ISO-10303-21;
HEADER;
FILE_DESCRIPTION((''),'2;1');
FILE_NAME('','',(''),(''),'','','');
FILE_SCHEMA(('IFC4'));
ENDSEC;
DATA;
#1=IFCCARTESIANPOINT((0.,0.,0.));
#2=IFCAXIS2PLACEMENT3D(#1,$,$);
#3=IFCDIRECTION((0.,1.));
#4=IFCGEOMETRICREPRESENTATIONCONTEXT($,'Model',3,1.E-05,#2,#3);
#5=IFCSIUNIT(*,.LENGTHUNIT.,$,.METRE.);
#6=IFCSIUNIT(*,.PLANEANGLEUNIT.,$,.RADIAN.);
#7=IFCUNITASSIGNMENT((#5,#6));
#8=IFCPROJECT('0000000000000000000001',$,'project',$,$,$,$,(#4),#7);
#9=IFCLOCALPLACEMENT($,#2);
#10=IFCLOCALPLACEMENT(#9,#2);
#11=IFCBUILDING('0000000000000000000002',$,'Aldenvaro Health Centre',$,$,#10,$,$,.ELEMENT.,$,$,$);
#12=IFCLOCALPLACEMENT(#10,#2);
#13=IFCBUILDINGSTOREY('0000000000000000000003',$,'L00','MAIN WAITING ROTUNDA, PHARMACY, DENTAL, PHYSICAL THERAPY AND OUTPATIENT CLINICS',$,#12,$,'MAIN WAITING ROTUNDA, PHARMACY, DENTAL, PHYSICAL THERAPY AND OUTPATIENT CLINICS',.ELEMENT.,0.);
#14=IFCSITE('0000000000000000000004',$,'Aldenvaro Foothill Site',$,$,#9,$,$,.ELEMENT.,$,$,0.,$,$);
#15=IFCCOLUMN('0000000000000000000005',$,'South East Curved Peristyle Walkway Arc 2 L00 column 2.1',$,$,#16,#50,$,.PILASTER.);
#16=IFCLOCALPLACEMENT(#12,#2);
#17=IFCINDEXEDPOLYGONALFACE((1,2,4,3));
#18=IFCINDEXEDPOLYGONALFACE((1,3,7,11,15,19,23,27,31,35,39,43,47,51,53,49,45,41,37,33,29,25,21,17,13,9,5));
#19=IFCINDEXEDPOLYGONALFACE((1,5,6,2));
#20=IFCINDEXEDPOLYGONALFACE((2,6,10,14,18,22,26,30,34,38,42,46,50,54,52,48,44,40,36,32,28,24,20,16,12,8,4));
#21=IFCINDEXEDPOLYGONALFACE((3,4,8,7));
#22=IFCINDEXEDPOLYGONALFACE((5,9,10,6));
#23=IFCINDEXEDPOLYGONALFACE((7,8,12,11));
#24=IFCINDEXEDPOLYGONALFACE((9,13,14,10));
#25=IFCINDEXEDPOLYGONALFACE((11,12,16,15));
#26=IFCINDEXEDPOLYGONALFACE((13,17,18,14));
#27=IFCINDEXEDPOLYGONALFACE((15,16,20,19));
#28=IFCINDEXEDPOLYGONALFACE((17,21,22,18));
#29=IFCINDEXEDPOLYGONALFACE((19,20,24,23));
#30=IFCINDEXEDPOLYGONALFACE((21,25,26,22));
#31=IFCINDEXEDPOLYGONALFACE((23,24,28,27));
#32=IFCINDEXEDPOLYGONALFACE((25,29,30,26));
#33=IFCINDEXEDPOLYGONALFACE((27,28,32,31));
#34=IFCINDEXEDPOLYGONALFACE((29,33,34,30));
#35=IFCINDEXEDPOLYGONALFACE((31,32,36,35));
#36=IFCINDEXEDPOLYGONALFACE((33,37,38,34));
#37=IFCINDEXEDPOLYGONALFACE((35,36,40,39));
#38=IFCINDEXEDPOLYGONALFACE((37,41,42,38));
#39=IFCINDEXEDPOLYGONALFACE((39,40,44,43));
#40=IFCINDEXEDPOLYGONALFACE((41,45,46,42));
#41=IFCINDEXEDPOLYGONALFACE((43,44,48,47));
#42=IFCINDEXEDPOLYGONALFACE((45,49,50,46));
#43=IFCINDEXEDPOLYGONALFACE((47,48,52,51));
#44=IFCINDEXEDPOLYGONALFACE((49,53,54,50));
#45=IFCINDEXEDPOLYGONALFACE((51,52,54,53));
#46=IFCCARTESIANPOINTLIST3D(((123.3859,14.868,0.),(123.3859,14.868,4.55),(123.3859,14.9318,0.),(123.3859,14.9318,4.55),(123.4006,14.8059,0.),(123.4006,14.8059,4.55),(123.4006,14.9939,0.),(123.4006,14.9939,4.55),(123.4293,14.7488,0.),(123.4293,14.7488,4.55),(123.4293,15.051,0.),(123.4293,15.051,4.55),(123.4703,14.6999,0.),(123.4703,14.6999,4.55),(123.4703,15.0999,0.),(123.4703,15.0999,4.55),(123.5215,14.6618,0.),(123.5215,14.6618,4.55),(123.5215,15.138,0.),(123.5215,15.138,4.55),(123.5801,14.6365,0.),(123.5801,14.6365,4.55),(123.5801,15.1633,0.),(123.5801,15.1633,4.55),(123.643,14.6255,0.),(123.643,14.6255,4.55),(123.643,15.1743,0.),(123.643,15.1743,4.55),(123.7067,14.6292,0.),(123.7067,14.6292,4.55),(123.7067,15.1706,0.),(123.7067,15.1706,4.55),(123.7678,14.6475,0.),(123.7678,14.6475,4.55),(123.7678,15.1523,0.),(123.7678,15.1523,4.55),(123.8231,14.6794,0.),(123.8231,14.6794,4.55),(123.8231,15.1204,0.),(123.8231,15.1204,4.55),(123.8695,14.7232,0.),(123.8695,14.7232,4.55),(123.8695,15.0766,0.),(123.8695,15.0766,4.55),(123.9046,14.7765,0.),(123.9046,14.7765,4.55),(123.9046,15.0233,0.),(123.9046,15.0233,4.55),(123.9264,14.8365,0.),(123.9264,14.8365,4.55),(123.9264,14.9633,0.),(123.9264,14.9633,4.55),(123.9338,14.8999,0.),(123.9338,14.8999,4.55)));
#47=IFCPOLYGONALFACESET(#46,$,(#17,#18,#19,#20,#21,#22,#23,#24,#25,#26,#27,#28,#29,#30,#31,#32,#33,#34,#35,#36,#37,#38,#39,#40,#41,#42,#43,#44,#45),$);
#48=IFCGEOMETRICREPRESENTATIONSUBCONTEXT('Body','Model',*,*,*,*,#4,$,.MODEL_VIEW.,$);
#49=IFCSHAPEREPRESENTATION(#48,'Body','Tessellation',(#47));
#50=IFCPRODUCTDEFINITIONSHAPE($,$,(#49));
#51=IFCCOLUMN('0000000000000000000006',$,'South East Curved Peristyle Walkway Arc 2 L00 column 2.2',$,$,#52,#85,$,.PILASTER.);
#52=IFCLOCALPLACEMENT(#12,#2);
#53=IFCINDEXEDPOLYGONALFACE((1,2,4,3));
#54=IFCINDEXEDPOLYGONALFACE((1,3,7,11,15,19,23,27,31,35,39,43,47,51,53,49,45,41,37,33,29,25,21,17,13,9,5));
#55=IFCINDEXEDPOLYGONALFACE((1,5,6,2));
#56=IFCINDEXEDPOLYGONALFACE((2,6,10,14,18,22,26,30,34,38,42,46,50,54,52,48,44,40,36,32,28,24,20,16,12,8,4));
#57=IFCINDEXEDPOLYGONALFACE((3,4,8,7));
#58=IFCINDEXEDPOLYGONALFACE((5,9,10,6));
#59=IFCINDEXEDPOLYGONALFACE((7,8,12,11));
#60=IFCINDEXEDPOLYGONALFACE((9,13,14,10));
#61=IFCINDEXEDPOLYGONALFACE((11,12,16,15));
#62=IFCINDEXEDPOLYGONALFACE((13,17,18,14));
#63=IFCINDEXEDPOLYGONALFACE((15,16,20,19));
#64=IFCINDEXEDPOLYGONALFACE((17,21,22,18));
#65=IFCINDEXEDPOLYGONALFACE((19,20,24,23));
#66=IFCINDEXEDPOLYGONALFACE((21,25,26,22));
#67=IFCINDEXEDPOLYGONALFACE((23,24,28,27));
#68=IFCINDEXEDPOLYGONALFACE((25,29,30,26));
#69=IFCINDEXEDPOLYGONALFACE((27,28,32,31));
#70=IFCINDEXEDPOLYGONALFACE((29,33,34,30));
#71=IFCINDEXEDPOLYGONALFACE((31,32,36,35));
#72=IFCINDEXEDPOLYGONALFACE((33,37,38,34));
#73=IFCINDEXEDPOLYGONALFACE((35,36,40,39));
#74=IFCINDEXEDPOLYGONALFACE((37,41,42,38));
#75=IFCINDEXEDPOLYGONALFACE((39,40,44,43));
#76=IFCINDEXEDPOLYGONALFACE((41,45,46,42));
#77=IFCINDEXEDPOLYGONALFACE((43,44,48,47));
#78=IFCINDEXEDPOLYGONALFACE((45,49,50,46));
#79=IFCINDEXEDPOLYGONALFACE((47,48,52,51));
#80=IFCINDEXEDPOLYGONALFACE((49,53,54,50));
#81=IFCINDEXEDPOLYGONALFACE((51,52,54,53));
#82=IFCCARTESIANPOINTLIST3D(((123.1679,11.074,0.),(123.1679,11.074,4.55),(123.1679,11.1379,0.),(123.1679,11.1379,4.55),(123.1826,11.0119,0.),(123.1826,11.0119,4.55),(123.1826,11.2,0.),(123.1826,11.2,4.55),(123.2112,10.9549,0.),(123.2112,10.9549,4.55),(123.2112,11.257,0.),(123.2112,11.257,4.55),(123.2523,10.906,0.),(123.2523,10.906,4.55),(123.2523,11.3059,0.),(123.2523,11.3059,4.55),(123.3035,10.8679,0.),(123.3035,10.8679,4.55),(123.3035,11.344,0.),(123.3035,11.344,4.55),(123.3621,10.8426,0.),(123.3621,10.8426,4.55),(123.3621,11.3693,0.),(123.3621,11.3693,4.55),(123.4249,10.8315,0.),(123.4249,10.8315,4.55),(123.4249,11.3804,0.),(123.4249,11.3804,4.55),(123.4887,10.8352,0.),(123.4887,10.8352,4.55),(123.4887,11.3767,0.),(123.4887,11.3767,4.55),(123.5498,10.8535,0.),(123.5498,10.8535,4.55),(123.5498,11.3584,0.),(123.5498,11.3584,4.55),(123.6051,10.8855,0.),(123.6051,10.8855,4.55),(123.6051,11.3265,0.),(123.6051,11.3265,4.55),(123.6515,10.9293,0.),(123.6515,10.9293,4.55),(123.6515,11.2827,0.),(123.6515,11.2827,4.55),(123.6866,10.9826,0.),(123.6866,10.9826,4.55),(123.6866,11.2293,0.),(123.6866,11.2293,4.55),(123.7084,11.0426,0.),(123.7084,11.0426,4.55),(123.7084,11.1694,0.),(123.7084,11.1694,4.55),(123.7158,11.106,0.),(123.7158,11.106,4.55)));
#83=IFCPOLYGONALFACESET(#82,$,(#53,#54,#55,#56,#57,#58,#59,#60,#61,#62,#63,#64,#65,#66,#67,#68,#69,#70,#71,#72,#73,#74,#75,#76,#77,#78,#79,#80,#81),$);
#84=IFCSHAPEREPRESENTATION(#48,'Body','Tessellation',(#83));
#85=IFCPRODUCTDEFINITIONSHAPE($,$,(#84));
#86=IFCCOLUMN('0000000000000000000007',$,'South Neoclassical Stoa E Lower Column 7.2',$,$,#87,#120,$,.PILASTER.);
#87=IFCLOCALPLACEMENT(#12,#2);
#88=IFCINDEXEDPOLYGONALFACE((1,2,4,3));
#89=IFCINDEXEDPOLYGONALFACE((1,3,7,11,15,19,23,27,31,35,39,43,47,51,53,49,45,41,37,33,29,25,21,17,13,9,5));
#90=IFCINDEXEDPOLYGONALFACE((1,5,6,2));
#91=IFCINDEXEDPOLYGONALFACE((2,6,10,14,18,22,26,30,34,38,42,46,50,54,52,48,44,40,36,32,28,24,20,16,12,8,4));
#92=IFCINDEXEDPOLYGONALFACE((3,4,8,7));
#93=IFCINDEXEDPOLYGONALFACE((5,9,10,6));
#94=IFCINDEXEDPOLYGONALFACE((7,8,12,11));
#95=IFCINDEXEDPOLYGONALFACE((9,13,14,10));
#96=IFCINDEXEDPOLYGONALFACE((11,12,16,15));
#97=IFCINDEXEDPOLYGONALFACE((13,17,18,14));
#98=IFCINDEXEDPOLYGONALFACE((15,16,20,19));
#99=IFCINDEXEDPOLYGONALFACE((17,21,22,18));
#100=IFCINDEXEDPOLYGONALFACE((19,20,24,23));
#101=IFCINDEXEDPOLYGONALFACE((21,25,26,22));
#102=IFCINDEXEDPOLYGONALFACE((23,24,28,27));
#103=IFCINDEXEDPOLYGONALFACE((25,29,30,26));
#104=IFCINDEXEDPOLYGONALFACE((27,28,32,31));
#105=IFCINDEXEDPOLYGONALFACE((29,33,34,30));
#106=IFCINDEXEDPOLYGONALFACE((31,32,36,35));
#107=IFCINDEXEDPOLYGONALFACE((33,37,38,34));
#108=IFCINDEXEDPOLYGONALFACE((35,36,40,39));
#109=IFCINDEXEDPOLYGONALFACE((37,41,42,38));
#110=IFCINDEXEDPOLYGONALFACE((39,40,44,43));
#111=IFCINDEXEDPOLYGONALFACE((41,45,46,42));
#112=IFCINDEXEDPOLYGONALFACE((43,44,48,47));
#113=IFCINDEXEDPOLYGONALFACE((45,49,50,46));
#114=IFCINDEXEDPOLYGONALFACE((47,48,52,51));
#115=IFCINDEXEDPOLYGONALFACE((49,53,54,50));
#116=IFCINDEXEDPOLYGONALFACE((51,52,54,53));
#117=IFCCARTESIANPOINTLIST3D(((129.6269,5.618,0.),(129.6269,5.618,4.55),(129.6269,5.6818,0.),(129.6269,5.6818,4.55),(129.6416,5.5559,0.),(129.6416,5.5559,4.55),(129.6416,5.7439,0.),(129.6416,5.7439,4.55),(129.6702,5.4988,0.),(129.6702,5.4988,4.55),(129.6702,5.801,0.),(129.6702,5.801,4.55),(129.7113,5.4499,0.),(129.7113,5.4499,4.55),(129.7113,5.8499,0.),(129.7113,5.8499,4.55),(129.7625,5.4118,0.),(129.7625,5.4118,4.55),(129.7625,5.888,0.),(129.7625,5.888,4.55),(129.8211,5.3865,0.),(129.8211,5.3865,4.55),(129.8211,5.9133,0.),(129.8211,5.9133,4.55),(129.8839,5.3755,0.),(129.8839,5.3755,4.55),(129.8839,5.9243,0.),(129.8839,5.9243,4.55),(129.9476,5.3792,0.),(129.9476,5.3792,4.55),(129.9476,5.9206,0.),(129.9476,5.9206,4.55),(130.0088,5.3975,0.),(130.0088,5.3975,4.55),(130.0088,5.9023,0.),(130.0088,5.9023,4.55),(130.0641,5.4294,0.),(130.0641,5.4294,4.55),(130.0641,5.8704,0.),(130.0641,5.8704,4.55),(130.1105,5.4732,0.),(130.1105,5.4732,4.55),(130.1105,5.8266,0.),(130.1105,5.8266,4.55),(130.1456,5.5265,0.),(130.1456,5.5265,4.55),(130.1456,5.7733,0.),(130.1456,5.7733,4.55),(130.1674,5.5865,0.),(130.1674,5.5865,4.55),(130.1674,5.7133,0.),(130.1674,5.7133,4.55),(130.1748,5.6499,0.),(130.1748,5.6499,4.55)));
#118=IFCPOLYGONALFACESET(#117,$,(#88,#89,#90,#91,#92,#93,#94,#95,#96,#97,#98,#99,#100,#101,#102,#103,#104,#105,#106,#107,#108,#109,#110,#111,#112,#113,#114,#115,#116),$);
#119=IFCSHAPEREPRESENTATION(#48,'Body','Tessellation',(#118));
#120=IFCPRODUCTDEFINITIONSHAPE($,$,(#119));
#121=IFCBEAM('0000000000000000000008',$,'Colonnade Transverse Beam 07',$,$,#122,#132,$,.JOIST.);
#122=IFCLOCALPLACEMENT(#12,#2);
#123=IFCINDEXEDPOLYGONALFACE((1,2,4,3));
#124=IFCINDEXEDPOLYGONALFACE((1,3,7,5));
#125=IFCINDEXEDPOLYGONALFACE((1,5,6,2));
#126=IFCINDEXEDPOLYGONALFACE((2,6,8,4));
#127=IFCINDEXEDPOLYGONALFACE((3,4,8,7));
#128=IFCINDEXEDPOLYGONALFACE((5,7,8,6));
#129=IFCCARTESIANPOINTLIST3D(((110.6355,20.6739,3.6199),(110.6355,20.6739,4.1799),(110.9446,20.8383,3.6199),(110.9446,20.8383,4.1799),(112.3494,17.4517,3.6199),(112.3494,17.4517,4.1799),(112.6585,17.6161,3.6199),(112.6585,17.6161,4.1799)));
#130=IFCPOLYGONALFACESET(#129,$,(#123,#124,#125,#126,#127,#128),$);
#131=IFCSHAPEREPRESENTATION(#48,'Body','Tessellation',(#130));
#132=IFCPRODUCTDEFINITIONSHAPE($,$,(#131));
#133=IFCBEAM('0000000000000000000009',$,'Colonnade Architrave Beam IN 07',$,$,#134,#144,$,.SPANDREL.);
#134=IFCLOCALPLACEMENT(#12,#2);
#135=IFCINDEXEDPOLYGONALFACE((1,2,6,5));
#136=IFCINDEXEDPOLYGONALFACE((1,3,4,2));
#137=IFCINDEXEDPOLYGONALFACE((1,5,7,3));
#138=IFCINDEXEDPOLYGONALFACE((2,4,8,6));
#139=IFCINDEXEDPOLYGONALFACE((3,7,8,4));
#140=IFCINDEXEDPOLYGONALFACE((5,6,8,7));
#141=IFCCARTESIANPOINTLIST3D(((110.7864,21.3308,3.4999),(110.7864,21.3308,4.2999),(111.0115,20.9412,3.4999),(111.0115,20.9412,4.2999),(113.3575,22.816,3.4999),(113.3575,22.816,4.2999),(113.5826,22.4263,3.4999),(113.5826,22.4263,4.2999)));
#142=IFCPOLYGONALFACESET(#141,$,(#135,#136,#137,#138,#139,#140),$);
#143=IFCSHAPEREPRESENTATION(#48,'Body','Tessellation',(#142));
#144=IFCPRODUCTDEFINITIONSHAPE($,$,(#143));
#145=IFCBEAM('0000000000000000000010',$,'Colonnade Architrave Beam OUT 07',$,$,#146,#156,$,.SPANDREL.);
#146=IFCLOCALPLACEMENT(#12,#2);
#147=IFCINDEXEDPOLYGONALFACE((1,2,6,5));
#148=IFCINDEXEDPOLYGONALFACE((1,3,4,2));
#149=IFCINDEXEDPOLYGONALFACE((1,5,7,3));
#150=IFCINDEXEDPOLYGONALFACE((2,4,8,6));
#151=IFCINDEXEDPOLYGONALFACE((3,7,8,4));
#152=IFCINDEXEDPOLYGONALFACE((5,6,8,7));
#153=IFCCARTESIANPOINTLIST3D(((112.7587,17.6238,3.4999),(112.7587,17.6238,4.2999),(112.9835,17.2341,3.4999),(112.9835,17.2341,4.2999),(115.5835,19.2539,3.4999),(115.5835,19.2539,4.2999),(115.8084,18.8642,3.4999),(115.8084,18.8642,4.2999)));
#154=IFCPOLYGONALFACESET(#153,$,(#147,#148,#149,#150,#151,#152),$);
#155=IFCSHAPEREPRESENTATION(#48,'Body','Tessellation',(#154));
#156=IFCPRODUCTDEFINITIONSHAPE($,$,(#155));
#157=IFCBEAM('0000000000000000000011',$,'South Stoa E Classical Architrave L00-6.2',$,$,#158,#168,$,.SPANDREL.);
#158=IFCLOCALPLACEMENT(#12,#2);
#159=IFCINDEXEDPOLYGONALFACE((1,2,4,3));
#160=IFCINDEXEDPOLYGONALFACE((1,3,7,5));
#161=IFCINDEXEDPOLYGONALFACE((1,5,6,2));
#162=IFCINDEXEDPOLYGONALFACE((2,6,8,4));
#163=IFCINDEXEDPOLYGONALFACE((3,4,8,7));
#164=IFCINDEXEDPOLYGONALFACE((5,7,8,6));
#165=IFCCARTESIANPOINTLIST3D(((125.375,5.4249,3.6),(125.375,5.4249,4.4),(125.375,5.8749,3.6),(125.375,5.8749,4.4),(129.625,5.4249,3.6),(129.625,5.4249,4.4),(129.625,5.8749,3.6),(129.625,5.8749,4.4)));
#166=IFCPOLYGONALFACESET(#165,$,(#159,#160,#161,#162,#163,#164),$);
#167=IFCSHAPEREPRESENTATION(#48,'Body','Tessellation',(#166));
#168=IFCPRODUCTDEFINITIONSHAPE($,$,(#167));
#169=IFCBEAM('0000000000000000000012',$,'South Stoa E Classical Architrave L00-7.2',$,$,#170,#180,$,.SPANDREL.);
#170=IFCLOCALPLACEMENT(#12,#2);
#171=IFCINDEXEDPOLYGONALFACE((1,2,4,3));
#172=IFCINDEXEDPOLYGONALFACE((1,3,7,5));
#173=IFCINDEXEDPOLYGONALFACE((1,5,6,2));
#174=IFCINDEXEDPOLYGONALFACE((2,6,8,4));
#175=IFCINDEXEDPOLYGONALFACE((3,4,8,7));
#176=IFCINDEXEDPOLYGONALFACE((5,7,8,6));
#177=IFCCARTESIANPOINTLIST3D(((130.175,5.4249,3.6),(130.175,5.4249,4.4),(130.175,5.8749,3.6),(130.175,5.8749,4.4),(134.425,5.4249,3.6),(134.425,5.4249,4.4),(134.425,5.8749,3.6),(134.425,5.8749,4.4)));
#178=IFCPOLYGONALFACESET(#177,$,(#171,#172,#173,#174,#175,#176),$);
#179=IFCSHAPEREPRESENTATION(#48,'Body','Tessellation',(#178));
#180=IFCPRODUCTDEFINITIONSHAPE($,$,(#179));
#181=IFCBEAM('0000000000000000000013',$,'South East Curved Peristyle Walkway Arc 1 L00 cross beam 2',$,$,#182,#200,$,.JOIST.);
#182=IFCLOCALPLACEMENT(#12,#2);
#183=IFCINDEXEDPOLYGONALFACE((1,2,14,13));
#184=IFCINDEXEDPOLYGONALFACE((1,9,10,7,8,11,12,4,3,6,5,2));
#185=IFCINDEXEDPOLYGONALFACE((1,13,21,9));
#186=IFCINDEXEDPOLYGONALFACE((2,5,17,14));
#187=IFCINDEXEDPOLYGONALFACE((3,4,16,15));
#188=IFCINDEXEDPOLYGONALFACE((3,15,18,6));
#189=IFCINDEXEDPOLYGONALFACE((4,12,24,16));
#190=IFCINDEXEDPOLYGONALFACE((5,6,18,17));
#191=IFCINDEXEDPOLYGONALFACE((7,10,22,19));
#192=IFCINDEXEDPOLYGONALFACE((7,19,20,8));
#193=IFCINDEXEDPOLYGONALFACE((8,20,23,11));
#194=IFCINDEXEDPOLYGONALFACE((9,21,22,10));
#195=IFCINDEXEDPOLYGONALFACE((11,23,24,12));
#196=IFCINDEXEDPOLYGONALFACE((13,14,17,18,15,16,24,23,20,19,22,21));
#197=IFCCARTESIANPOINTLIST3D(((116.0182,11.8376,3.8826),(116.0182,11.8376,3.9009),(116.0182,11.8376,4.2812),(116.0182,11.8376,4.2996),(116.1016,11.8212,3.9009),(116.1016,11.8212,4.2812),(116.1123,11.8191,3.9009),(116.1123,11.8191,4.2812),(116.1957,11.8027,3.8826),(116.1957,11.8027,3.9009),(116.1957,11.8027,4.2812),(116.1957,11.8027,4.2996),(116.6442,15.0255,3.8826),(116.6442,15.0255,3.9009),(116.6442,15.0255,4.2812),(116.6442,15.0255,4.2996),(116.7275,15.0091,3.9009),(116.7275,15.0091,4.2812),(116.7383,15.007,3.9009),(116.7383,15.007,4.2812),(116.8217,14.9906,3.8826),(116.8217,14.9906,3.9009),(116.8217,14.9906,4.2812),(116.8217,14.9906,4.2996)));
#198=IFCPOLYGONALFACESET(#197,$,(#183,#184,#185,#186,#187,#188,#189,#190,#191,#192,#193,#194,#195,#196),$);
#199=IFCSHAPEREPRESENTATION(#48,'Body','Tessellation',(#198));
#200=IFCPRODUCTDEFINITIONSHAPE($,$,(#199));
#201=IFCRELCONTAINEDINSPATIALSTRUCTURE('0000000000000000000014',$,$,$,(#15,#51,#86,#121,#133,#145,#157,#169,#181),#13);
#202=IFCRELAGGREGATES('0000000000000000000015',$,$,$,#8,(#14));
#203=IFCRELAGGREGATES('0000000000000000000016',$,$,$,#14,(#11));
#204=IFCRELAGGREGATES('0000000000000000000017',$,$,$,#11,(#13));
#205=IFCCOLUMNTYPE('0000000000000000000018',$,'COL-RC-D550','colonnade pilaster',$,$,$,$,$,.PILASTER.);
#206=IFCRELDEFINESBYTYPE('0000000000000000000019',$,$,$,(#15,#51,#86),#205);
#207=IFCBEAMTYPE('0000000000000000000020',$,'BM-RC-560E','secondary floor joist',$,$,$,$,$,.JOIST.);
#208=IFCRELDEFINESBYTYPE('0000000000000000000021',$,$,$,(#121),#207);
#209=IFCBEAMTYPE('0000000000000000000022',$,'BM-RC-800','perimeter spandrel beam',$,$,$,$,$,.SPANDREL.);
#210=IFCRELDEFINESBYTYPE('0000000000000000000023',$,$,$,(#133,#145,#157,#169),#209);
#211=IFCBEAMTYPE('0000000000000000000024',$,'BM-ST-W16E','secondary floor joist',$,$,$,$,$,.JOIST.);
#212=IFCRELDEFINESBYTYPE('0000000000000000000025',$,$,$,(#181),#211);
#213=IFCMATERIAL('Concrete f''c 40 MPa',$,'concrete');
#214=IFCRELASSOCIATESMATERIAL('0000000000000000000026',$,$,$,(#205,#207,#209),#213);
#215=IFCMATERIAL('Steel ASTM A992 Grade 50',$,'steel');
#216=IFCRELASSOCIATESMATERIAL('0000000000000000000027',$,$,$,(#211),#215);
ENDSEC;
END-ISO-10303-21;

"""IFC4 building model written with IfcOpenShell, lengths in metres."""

from ifc_helpers import new_model, si_unit, direction, frame, origin, origin_2d, place, context, subcontext, project, spatial, rectangle, circle, i_section, extrude, material, material_profile, profile_set, type_object, element, save


model = new_model("IFC4")

# Units and contexts
model_context = context("Model", 3, precision=1e-05, world=origin(), true_north=direction((0.0, 1.0)))
body_context = subcontext(model_context, "Body", "Model", "MODEL_VIEW")
ifc_project = project(units=[si_unit("LENGTHUNIT", "METRE"), si_unit("PLANEANGLEUNIT", "RADIAN")], contexts=[model_context])

# Site, building, storey
site_placement = place(None, origin())
site = spatial("IfcSite", under=ifc_project, at=site_placement, Name="Aldenvaro Foothill Site", CompositionType="ELEMENT", RefElevation=0.0)
building_placement = place(site_placement, origin())
building = spatial("IfcBuilding", under=site, at=building_placement, Name="Aldenvaro Health Centre", CompositionType="ELEMENT")
storey_placement = place(building_placement, origin())
storey = spatial("IfcBuildingStorey", under=building, at=storey_placement, Name="L00", Description="MAIN WAITING ROTUNDA, PHARMACY, DENTAL, PHYSICAL THERAPY AND OUTPATIENT CLINICS", LongName="MAIN WAITING ROTUNDA, PHARMACY, DENTAL, PHYSICAL THERAPY AND OUTPATIENT CLINICS", CompositionType="ELEMENT", Elevation=0.0)

# Columns
ifc_material_1 = material(Name="Concrete f'c 40 MPa", Category="concrete")
ifc_material_profile_1 = material_profile(ifc_material_1, circle(Radius=0.2749, at=origin_2d()), Name="RC D550", Category="concrete")
ifc_profile_set_1 = profile_set([ifc_material_profile_1], Name="Concrete f'c 40 MPa")
column_type = type_object("IfcColumnType", Name="COL-RC-D550", Description="colonnade pilaster", PredefinedType="PILASTER", material=ifc_profile_set_1)
for number, where, z_axis, x_axis, name in (
    (1, (123.6589, 14.8999, 0.0), (0.0, 0.0, 1.0), (1.0, 0.0, 0.0), "South East Curved Peristyle Walkway Arc 2 L00 column 2.1"),
    (2, (123.4409, 11.106, 0.0), (0.0, 0.0, 1.0), (1.0, 0.0, 0.0), "South East Curved Peristyle Walkway Arc 2 L00 column 2.2"),
    (3, (129.8999, 5.6499, 0.0), (0.0, 0.0, 1.0), (1.0, 0.0, 0.0), "South Neoclassical Stoa E Lower Column 7.2"),
):
    element("IfcColumn", number, at=place(storey_placement, frame(where, z_axis=z_axis, x_axis=x_axis)), inside=storey, type_object=column_type, Name=name, PredefinedType="PILASTER", context=body_context, shape_type="SweptSolid", body=[
        extrude(circle(Radius=0.2749, at=origin_2d()), origin(), (0.0, 0.0, 1.0), 4.55),
    ])

# Beams
ifc_material_profile_2 = material_profile(ifc_material_1, rectangle(XDim=0.3501, YDim=0.5601, at=origin_2d()), Name="RC 350x560", Category="concrete")
ifc_profile_set_2 = profile_set([ifc_material_profile_2], Name="Concrete f'c 40 MPa")
beam_type_1 = type_object("IfcBeamType", Name="BM-RC-560E", Description="secondary floor joist", PredefinedType="JOIST", material=ifc_profile_set_2)
beam_1_placement = place(storey_placement, frame((110.79, 20.7561, 3.8999), z_axis=(0.469602, -0.882878, 0.0), x_axis=(0.882878, 0.469602, 0.0)))
element("IfcBeam", 4, at=beam_1_placement, inside=storey, type_object=beam_type_1, Name="Colonnade Transverse Beam 07", PredefinedType="JOIST", context=body_context, shape_type="SweptSolid", body=[
    extrude(rectangle(XDim=0.3501, YDim=0.5601, at=origin_2d()), origin(), (0.0, 0.0, 1.0), 3.6497),
])
ifc_material_profile_3 = material_profile(ifc_material_1, rectangle(XDim=0.45, YDim=0.8, at=origin_2d()), Name="RC 450x800", Category="concrete")
ifc_profile_set_3 = profile_set([ifc_material_profile_3], Name="Concrete f'c 40 MPa")
beam_type_2 = type_object("IfcBeamType", Name="BM-RC-800", Description="perimeter spandrel beam", PredefinedType="SPANDREL", material=ifc_profile_set_3)
beam_2_placement = place(storey_placement, frame((110.8989, 21.136, 3.8999), z_axis=(0.865921, 0.50018, 0.0), x_axis=(-0.50018, 0.865921, 0.0)))
element("IfcBeam", 5, at=beam_2_placement, inside=storey, type_object=beam_type_2, Name="Colonnade Architrave Beam IN 07", PredefinedType="SPANDREL", context=body_context, shape_type="SweptSolid", body=[
    extrude(rectangle(XDim=0.45, YDim=0.8, at=origin_2d()), origin(), (0.0, 0.0, 1.0), 2.9692),
])
beam_3_placement = place(storey_placement, frame((112.8711, 17.429, 3.8999), z_axis=(0.866139, 0.499802, 0.0), x_axis=(-0.499802, 0.866139, 0.0)))
element("IfcBeam", 6, at=beam_3_placement, inside=storey, type_object=beam_type_2, Name="Colonnade Architrave Beam OUT 07", PredefinedType="SPANDREL", context=body_context, shape_type="SweptSolid", body=[
    extrude(rectangle(XDim=0.45, YDim=0.8, at=origin_2d()), origin(), (0.0, 0.0, 1.0), 3.2615),
])
for number, where, z_axis, x_axis, name in (
    (7, (125.375, 5.6499, 4.0), (1.0, 0.0, 0.0), (0.0, 1.0, 0.0), "South Stoa E Classical Architrave L00-6.2"),
    (8, (130.175, 5.6499, 4.0), (1.0, 0.0, 0.0), (0.0, 1.0, 0.0), "South Stoa E Classical Architrave L00-7.2"),
):
    element("IfcBeam", number, at=place(storey_placement, frame(where, z_axis=z_axis, x_axis=x_axis)), inside=storey, type_object=beam_type_2, Name=name, PredefinedType="SPANDREL", context=body_context, shape_type="SweptSolid", body=[
        extrude(rectangle(XDim=0.45, YDim=0.8, at=origin_2d()), origin(), (0.0, 0.0, 1.0), 4.25),
    ])
ifc_material_2 = material(Name="Steel ASTM A992 Grade 50", Category="steel")
ifc_material_profile_4 = material_profile(ifc_material_2, i_section(OverallWidth=0.1809, OverallDepth=0.417, WebThickness=0.011, FlangeThickness=0.0183, at=origin_2d()), Name="W16X57", Category="steel")
ifc_profile_set_4 = profile_set([ifc_material_profile_4], Name="Steel ASTM A992 Grade 50")
beam_type_3 = type_object("IfcBeamType", Name="BM-ST-W16E", Description="secondary floor joist", PredefinedType="JOIST", material=ifc_profile_set_4)
beam_4_placement = place(storey_placement, frame((116.7329, 15.0081, 4.0911), z_axis=(-0.192676, -0.981263, 0.0), x_axis=(0.981263, -0.192676, 0.0)))
element("IfcBeam", 9, at=beam_4_placement, inside=storey, type_object=beam_type_3, Name="South East Curved Peristyle Walkway Arc 1 L00 cross beam 2", PredefinedType="JOIST", context=body_context, shape_type="SweptSolid", body=[
    extrude(i_section(OverallWidth=0.1809, OverallDepth=0.417, WebThickness=0.011, FlangeThickness=0.0183, at=origin_2d()), origin(), (0.0, 0.0, 1.0), 3.2488),
])

save(model, "model.ifc")
